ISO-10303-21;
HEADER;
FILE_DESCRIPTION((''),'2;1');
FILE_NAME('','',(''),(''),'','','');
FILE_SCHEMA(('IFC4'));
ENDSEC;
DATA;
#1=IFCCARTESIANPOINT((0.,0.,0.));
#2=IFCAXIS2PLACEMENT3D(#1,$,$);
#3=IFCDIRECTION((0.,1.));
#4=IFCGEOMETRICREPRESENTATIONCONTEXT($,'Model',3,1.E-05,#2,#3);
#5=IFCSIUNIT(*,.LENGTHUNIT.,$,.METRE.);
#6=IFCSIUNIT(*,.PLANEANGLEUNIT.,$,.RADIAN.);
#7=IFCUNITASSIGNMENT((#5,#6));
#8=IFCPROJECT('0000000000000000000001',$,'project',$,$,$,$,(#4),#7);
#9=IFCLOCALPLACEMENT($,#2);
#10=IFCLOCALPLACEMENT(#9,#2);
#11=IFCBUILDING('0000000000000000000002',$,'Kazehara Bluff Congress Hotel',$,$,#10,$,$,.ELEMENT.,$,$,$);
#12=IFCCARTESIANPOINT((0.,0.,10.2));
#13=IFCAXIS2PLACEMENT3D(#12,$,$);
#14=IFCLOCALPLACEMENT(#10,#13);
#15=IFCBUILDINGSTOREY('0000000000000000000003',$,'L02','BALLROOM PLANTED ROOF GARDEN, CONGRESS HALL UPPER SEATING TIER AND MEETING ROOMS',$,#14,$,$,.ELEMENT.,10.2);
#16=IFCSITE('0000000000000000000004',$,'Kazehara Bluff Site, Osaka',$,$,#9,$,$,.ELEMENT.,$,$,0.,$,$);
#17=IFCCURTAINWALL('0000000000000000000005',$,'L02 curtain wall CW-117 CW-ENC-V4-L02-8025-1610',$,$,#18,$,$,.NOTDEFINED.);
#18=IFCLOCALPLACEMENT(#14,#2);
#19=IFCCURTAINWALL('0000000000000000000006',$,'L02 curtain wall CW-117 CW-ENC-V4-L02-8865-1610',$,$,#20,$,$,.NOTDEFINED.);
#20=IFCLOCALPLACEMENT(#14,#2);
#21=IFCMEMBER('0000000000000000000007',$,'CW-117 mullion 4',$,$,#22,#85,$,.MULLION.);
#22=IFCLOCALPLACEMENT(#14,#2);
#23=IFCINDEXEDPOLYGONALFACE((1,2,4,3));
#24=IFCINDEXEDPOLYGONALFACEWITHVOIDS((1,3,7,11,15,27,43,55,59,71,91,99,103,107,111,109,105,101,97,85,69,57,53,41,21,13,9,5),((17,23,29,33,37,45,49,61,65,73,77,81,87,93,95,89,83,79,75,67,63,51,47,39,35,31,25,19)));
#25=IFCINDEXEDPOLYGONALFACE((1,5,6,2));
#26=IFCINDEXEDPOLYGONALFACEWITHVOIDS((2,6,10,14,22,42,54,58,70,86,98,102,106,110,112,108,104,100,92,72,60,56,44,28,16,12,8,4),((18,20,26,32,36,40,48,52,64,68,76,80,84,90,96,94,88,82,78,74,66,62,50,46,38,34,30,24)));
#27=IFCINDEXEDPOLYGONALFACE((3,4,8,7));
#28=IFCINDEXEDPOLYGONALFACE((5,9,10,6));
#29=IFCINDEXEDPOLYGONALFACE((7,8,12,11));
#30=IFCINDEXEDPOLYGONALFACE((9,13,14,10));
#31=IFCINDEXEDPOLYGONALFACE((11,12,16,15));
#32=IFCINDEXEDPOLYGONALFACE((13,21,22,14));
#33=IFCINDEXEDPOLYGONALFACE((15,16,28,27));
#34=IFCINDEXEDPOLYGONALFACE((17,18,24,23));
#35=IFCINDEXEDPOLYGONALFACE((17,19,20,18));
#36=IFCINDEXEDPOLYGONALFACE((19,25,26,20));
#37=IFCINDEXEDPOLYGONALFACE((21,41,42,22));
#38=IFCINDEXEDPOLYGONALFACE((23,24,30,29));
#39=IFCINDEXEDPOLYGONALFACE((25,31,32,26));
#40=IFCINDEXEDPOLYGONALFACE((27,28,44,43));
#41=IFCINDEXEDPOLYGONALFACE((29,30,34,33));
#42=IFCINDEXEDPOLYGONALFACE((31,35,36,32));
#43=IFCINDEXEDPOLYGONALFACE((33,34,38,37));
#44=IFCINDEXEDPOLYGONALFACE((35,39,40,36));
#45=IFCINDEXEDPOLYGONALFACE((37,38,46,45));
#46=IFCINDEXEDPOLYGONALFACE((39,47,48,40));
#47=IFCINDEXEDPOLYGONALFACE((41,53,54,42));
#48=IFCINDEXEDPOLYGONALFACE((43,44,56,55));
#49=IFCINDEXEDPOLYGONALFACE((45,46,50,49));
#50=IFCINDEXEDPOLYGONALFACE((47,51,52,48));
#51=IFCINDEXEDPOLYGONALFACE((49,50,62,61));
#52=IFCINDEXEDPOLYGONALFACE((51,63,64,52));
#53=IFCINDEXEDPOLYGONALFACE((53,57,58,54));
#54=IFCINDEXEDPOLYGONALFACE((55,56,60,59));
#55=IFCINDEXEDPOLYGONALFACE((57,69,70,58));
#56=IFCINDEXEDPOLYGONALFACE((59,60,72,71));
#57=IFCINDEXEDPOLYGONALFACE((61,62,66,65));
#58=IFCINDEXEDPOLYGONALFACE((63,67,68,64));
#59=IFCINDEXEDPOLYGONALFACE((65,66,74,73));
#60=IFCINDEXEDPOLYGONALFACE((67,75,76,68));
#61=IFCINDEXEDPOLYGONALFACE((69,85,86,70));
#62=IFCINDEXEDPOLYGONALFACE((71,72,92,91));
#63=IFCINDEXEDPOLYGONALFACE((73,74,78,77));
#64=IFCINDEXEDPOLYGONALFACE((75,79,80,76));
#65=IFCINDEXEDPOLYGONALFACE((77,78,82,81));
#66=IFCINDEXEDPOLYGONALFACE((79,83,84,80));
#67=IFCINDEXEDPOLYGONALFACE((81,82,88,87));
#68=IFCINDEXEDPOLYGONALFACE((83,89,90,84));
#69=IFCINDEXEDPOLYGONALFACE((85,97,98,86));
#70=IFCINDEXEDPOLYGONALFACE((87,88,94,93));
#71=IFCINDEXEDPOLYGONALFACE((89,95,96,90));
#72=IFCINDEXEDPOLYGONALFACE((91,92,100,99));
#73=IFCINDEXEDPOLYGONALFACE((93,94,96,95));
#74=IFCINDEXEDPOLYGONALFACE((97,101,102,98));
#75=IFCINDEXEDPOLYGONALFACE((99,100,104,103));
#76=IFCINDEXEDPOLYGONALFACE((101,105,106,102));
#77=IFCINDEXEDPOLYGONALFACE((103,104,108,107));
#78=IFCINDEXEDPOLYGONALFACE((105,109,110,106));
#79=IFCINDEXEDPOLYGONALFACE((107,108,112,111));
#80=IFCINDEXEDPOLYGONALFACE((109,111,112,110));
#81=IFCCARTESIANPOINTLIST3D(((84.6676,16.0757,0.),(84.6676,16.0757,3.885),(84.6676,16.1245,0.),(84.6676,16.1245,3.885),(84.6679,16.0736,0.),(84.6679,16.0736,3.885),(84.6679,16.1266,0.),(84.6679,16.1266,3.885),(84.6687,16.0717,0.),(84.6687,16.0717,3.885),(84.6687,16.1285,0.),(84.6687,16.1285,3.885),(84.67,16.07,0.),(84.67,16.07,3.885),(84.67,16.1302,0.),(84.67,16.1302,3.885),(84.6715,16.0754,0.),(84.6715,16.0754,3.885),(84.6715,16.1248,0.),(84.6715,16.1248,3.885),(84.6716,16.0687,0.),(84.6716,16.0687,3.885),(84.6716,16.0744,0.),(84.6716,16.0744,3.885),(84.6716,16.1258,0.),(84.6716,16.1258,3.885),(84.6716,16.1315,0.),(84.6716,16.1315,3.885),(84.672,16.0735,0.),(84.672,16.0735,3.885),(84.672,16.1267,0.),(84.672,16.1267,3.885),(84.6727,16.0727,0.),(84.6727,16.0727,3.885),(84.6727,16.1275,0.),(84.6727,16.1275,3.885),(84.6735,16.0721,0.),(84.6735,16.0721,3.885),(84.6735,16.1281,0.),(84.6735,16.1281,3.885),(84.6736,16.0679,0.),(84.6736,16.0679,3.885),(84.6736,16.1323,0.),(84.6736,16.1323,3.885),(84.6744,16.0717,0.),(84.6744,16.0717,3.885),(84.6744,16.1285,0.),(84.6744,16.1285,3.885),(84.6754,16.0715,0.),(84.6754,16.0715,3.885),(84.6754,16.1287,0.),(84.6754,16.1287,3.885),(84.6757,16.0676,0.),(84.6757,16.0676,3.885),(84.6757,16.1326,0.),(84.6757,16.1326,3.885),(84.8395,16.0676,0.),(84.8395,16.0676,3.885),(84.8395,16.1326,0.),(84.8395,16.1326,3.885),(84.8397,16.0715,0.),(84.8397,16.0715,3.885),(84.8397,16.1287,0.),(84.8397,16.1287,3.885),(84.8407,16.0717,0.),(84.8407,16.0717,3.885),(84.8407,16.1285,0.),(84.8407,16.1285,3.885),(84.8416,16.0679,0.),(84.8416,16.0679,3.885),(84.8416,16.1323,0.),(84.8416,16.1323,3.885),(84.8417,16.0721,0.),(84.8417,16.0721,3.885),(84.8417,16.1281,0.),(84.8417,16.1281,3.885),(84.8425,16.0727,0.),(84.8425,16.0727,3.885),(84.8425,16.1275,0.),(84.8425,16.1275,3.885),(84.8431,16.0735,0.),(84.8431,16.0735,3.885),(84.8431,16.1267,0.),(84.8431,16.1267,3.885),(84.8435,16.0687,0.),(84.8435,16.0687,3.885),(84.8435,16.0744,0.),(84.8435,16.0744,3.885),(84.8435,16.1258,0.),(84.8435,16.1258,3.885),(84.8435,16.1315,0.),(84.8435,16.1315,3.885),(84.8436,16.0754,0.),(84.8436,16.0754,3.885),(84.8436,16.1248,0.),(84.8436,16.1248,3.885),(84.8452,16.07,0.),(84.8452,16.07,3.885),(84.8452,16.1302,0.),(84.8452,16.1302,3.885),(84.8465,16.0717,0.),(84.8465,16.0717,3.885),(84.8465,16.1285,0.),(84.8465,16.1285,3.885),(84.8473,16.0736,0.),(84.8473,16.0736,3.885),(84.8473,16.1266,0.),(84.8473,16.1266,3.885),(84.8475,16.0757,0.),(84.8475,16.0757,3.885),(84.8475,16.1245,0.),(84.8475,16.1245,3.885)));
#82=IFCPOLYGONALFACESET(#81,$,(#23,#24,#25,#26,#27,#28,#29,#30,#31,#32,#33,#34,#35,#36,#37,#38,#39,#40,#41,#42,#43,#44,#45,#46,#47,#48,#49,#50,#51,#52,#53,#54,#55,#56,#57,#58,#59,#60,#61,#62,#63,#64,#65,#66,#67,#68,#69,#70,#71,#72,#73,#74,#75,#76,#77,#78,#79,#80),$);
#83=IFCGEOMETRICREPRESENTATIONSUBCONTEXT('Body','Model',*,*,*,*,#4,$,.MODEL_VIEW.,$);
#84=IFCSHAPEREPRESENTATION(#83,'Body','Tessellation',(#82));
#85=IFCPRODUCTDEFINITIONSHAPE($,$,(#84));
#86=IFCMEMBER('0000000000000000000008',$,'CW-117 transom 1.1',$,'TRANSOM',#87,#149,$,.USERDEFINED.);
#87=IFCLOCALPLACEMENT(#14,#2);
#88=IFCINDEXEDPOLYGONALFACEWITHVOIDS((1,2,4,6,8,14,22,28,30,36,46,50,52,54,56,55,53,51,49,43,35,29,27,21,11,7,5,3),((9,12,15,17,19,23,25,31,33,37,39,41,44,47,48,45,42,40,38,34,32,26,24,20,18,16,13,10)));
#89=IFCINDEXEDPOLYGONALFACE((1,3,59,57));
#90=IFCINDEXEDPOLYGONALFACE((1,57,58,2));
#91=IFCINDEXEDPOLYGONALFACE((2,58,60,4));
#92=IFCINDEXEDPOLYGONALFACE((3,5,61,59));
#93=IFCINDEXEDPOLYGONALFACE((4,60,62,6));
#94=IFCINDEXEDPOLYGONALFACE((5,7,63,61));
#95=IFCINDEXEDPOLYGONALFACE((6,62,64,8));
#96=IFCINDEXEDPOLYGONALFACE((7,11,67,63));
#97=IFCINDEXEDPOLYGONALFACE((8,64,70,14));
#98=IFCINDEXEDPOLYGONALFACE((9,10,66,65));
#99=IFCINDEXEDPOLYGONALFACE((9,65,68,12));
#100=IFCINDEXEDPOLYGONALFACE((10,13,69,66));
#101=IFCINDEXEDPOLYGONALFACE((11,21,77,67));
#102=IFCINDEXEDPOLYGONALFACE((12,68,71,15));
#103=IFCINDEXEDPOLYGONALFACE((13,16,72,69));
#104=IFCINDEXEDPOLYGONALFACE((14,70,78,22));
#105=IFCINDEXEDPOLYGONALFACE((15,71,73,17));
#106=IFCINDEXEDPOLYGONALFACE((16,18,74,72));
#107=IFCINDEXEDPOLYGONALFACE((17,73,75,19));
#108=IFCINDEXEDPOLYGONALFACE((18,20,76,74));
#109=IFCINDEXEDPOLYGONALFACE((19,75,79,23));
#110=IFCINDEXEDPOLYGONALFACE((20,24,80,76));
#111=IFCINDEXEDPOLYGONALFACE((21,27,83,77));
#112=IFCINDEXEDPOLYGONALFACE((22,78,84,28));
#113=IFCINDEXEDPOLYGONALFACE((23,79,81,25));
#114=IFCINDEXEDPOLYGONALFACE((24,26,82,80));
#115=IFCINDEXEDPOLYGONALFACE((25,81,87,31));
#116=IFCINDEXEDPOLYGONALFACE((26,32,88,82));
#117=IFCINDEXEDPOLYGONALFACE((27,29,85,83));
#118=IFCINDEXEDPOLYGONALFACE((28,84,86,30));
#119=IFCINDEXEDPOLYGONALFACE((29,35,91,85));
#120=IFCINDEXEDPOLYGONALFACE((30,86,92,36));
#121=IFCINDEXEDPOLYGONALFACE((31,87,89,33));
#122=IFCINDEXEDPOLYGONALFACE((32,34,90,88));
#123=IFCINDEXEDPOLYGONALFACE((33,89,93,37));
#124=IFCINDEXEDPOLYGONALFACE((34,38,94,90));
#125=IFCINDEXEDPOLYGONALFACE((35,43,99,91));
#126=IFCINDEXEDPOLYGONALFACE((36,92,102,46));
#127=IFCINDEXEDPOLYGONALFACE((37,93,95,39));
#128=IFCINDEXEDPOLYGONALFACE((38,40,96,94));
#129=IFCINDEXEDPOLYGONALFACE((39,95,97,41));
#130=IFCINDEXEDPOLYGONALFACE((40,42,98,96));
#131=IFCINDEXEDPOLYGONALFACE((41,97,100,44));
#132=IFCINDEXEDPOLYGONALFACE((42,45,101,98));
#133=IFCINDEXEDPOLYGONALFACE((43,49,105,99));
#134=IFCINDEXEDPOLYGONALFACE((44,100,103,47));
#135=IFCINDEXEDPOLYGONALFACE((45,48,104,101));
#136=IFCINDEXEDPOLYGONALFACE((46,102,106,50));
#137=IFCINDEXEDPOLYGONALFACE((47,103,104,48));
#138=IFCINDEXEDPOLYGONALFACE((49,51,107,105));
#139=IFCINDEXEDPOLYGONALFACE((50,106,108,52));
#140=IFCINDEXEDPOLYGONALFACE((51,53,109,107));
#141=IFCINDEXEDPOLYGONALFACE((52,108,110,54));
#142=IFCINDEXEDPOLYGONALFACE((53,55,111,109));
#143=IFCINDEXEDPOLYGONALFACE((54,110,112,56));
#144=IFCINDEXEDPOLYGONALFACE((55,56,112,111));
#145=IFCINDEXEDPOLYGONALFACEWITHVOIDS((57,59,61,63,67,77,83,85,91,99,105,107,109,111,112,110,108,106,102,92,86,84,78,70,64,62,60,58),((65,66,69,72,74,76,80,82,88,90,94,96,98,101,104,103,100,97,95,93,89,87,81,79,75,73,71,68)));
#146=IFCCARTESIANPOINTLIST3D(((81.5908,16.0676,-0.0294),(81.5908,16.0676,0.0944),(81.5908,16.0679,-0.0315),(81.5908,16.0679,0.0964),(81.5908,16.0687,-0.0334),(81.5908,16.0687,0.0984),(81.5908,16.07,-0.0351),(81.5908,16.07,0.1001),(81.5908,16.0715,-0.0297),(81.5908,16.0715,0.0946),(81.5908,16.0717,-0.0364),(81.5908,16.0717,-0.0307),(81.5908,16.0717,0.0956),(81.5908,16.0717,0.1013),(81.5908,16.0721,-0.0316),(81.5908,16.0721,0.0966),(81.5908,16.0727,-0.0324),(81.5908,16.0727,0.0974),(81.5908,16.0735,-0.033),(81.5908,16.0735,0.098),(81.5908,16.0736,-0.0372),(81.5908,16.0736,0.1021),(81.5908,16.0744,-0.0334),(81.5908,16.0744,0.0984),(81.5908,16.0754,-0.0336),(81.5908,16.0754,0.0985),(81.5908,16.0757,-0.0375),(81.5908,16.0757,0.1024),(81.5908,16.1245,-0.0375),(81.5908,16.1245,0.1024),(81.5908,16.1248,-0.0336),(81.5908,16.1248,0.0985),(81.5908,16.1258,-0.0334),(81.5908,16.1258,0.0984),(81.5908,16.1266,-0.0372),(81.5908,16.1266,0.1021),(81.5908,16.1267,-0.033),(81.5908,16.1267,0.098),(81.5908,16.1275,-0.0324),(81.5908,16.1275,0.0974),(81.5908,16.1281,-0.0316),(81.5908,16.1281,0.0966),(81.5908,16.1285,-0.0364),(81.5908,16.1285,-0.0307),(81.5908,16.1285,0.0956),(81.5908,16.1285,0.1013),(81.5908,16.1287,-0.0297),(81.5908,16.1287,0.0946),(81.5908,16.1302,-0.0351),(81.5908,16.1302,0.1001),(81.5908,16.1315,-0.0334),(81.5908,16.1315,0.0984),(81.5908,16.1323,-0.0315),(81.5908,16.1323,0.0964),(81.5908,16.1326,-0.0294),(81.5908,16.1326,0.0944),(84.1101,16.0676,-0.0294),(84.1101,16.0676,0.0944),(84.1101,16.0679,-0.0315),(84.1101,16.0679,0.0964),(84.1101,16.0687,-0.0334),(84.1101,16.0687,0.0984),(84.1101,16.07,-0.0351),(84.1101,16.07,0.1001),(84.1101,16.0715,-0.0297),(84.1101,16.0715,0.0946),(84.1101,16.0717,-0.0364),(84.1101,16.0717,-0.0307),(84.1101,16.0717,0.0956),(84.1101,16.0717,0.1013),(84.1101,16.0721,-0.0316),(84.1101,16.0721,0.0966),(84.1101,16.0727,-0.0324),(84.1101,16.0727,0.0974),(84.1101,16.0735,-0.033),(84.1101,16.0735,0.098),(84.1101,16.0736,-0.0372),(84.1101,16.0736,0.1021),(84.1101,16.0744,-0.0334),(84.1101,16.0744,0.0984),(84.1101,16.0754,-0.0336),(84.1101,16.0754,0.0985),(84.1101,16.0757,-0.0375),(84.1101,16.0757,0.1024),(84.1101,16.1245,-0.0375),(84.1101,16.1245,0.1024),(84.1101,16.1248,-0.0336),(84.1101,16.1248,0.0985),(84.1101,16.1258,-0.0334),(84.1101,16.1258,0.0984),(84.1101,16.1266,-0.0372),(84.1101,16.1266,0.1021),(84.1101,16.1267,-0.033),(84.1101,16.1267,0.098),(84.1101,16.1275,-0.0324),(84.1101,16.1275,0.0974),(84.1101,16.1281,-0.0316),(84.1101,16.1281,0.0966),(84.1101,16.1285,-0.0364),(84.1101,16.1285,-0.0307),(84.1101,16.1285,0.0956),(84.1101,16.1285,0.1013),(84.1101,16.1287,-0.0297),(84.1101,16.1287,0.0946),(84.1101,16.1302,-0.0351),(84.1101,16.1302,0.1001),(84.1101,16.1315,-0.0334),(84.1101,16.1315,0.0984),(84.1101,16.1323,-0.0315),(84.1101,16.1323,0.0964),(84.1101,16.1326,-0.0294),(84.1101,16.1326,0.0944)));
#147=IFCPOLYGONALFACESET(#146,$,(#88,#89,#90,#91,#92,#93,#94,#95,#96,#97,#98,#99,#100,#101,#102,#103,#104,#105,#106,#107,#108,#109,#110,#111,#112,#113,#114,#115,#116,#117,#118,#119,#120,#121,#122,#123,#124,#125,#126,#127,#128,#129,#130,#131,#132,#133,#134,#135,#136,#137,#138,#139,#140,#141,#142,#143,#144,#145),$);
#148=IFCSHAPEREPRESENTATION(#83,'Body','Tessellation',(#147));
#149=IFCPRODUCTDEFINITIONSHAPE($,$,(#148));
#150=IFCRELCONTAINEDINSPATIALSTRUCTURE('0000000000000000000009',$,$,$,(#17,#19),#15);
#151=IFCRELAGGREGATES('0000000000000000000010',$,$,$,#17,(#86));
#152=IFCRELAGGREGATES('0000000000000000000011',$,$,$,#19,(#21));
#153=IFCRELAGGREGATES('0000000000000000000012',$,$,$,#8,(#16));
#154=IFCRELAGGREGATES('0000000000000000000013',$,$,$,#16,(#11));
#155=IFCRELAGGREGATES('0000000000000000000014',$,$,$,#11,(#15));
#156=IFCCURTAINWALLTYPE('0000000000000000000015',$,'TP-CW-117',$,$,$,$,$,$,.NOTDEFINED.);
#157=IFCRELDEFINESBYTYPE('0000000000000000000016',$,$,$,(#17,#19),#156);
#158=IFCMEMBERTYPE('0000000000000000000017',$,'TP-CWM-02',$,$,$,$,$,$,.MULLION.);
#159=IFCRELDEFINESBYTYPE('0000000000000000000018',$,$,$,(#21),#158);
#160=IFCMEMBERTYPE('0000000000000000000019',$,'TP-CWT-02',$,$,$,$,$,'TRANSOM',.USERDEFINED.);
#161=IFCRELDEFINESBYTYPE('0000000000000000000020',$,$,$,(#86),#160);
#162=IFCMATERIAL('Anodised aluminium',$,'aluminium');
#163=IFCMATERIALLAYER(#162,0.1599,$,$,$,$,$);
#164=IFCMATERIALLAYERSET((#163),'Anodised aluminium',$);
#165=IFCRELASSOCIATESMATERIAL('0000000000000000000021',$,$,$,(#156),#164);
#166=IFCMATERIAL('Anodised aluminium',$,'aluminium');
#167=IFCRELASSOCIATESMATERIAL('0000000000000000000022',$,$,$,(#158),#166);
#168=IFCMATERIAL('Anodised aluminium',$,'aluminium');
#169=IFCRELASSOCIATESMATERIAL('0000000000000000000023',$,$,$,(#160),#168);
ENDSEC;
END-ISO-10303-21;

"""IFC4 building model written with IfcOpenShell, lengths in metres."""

from ifc_helpers import new_model, si_unit, direction, frame, origin, origin_2d, place, context, subcontext, project, spatial, hollow_rectangle, extrude, material, layer, layer_set, material_profile, profile_set, type_object, element, aggregate, save


model = new_model("IFC4")

# Units and contexts
model_context = context("Model", 3, precision=1e-05, world=origin(), true_north=direction((0.0, 1.0)))
body_context = subcontext(model_context, "Body", "Model", "MODEL_VIEW")
ifc_project = project(units=[si_unit("LENGTHUNIT", "METRE"), si_unit("PLANEANGLEUNIT", "RADIAN")], contexts=[model_context])

# Site, building, storey
site_placement = place(None, origin())
site = spatial("IfcSite", under=ifc_project, at=site_placement, Name="Kazehara Bluff Site, Osaka", CompositionType="ELEMENT", RefElevation=0.0)
building_placement = place(site_placement, origin())
building = spatial("IfcBuilding", under=site, at=building_placement, Name="Kazehara Bluff Congress Hotel", CompositionType="ELEMENT")
storey_placement = place(building_placement, frame((0.0, 0.0, 10.2)))
storey = spatial("IfcBuildingStorey", under=building, at=storey_placement, Name="L02", Description="BALLROOM PLANTED ROOF GARDEN, CONGRESS HALL UPPER SEATING TIER AND MEETING ROOMS", CompositionType="ELEMENT", Elevation=10.2)

# Curtain wall
ifc_material_1 = material(Name="Anodised aluminium", Category="aluminium")
ifc_layer_1 = layer(ifc_material_1, 0.1599)
ifc_layer_set_1 = layer_set([ifc_layer_1], Name="Anodised aluminium")
curtain_wall_type = type_object("IfcCurtainWallType", Name="TP-CW-117", PredefinedType="NOTDEFINED", material=ifc_layer_set_1)
curtain_wall_1_placement = place(storey_placement, origin())
curtain_wall_1 = element("IfcCurtainWall", 1, at=curtain_wall_1_placement, inside=storey, type_object=curtain_wall_type, Name="L02 curtain wall CW-117 CW-ENC-V4-L02-8025-1610", PredefinedType="NOTDEFINED")
ifc_material_2 = material(Name="Anodised aluminium", Category="aluminium")
ifc_material_profile_1 = material_profile(ifc_material_2, hollow_rectangle(XDim=0.0649, YDim=0.1799, WallThickness=0.0039, InnerFilletRadius=0.0039, OuterFilletRadius=0.0081, at=origin_2d()))
ifc_profile_set_1 = profile_set([ifc_material_profile_1], Name="Anodised aluminium")
member_type_1 = type_object("IfcMemberType", Name="TP-CWM-02", PredefinedType="MULLION", material=ifc_profile_set_1)

# Curtain wall, member
curtain_wall_2_placement = place(storey_placement, origin())
curtain_wall_2 = element("IfcCurtainWall", 2, at=curtain_wall_2_placement, inside=storey, type_object=curtain_wall_type, Name="L02 curtain wall CW-117 CW-ENC-V4-L02-8865-1610", PredefinedType="NOTDEFINED")
member_1_placement = place(storey_placement, frame((84.7576, 16.1001, 0.0), z_axis=(0.0, 0.0, 1.0), x_axis=(0.0, -1.0, 0.0)))
member_1 = element("IfcMember", 3, at=member_1_placement, type_object=member_type_1, Name="CW-117 mullion 4", PredefinedType="MULLION", context=body_context, shape_type="SweptSolid", body=[
    extrude(hollow_rectangle(XDim=0.0649, YDim=0.1799, WallThickness=0.0039, InnerFilletRadius=0.0039, OuterFilletRadius=0.0081, at=origin_2d()), origin(), (0.0, 0.0, 1.0), 3.885),
])

# Member
ifc_material_3 = material(Name="Anodised aluminium", Category="aluminium")
ifc_material_profile_2 = material_profile(ifc_material_3, hollow_rectangle(XDim=0.0649, YDim=0.1399, WallThickness=0.0039, InnerFilletRadius=0.0039, OuterFilletRadius=0.0081, at=origin_2d()))
ifc_profile_set_2 = profile_set([ifc_material_profile_2], Name="Anodised aluminium")
member_type_2 = type_object("IfcMemberType", Name="TP-CWT-02", ElementType="TRANSOM", PredefinedType="USERDEFINED", material=ifc_profile_set_2)
member_2_placement = place(storey_placement, frame((84.1101, 16.1001, 0.0325), z_axis=(-1.0, 0.0, 0.0), x_axis=(0.0, -1.0, 0.0)))
member_2 = element("IfcMember", 4, at=member_2_placement, type_object=member_type_2, Name="CW-117 transom 1.1", ObjectType="TRANSOM", PredefinedType="USERDEFINED", context=body_context, shape_type="SweptSolid", body=[
    extrude(hollow_rectangle(XDim=0.0649, YDim=0.1399, WallThickness=0.0039, InnerFilletRadius=0.0039, OuterFilletRadius=0.0081, at=origin_2d()), origin(), (0.0, 0.0, 1.0), 2.5193),
])

aggregate(curtain_wall_1, [member_2])
aggregate(curtain_wall_2, [member_1])

save(model, "model.ifc")
